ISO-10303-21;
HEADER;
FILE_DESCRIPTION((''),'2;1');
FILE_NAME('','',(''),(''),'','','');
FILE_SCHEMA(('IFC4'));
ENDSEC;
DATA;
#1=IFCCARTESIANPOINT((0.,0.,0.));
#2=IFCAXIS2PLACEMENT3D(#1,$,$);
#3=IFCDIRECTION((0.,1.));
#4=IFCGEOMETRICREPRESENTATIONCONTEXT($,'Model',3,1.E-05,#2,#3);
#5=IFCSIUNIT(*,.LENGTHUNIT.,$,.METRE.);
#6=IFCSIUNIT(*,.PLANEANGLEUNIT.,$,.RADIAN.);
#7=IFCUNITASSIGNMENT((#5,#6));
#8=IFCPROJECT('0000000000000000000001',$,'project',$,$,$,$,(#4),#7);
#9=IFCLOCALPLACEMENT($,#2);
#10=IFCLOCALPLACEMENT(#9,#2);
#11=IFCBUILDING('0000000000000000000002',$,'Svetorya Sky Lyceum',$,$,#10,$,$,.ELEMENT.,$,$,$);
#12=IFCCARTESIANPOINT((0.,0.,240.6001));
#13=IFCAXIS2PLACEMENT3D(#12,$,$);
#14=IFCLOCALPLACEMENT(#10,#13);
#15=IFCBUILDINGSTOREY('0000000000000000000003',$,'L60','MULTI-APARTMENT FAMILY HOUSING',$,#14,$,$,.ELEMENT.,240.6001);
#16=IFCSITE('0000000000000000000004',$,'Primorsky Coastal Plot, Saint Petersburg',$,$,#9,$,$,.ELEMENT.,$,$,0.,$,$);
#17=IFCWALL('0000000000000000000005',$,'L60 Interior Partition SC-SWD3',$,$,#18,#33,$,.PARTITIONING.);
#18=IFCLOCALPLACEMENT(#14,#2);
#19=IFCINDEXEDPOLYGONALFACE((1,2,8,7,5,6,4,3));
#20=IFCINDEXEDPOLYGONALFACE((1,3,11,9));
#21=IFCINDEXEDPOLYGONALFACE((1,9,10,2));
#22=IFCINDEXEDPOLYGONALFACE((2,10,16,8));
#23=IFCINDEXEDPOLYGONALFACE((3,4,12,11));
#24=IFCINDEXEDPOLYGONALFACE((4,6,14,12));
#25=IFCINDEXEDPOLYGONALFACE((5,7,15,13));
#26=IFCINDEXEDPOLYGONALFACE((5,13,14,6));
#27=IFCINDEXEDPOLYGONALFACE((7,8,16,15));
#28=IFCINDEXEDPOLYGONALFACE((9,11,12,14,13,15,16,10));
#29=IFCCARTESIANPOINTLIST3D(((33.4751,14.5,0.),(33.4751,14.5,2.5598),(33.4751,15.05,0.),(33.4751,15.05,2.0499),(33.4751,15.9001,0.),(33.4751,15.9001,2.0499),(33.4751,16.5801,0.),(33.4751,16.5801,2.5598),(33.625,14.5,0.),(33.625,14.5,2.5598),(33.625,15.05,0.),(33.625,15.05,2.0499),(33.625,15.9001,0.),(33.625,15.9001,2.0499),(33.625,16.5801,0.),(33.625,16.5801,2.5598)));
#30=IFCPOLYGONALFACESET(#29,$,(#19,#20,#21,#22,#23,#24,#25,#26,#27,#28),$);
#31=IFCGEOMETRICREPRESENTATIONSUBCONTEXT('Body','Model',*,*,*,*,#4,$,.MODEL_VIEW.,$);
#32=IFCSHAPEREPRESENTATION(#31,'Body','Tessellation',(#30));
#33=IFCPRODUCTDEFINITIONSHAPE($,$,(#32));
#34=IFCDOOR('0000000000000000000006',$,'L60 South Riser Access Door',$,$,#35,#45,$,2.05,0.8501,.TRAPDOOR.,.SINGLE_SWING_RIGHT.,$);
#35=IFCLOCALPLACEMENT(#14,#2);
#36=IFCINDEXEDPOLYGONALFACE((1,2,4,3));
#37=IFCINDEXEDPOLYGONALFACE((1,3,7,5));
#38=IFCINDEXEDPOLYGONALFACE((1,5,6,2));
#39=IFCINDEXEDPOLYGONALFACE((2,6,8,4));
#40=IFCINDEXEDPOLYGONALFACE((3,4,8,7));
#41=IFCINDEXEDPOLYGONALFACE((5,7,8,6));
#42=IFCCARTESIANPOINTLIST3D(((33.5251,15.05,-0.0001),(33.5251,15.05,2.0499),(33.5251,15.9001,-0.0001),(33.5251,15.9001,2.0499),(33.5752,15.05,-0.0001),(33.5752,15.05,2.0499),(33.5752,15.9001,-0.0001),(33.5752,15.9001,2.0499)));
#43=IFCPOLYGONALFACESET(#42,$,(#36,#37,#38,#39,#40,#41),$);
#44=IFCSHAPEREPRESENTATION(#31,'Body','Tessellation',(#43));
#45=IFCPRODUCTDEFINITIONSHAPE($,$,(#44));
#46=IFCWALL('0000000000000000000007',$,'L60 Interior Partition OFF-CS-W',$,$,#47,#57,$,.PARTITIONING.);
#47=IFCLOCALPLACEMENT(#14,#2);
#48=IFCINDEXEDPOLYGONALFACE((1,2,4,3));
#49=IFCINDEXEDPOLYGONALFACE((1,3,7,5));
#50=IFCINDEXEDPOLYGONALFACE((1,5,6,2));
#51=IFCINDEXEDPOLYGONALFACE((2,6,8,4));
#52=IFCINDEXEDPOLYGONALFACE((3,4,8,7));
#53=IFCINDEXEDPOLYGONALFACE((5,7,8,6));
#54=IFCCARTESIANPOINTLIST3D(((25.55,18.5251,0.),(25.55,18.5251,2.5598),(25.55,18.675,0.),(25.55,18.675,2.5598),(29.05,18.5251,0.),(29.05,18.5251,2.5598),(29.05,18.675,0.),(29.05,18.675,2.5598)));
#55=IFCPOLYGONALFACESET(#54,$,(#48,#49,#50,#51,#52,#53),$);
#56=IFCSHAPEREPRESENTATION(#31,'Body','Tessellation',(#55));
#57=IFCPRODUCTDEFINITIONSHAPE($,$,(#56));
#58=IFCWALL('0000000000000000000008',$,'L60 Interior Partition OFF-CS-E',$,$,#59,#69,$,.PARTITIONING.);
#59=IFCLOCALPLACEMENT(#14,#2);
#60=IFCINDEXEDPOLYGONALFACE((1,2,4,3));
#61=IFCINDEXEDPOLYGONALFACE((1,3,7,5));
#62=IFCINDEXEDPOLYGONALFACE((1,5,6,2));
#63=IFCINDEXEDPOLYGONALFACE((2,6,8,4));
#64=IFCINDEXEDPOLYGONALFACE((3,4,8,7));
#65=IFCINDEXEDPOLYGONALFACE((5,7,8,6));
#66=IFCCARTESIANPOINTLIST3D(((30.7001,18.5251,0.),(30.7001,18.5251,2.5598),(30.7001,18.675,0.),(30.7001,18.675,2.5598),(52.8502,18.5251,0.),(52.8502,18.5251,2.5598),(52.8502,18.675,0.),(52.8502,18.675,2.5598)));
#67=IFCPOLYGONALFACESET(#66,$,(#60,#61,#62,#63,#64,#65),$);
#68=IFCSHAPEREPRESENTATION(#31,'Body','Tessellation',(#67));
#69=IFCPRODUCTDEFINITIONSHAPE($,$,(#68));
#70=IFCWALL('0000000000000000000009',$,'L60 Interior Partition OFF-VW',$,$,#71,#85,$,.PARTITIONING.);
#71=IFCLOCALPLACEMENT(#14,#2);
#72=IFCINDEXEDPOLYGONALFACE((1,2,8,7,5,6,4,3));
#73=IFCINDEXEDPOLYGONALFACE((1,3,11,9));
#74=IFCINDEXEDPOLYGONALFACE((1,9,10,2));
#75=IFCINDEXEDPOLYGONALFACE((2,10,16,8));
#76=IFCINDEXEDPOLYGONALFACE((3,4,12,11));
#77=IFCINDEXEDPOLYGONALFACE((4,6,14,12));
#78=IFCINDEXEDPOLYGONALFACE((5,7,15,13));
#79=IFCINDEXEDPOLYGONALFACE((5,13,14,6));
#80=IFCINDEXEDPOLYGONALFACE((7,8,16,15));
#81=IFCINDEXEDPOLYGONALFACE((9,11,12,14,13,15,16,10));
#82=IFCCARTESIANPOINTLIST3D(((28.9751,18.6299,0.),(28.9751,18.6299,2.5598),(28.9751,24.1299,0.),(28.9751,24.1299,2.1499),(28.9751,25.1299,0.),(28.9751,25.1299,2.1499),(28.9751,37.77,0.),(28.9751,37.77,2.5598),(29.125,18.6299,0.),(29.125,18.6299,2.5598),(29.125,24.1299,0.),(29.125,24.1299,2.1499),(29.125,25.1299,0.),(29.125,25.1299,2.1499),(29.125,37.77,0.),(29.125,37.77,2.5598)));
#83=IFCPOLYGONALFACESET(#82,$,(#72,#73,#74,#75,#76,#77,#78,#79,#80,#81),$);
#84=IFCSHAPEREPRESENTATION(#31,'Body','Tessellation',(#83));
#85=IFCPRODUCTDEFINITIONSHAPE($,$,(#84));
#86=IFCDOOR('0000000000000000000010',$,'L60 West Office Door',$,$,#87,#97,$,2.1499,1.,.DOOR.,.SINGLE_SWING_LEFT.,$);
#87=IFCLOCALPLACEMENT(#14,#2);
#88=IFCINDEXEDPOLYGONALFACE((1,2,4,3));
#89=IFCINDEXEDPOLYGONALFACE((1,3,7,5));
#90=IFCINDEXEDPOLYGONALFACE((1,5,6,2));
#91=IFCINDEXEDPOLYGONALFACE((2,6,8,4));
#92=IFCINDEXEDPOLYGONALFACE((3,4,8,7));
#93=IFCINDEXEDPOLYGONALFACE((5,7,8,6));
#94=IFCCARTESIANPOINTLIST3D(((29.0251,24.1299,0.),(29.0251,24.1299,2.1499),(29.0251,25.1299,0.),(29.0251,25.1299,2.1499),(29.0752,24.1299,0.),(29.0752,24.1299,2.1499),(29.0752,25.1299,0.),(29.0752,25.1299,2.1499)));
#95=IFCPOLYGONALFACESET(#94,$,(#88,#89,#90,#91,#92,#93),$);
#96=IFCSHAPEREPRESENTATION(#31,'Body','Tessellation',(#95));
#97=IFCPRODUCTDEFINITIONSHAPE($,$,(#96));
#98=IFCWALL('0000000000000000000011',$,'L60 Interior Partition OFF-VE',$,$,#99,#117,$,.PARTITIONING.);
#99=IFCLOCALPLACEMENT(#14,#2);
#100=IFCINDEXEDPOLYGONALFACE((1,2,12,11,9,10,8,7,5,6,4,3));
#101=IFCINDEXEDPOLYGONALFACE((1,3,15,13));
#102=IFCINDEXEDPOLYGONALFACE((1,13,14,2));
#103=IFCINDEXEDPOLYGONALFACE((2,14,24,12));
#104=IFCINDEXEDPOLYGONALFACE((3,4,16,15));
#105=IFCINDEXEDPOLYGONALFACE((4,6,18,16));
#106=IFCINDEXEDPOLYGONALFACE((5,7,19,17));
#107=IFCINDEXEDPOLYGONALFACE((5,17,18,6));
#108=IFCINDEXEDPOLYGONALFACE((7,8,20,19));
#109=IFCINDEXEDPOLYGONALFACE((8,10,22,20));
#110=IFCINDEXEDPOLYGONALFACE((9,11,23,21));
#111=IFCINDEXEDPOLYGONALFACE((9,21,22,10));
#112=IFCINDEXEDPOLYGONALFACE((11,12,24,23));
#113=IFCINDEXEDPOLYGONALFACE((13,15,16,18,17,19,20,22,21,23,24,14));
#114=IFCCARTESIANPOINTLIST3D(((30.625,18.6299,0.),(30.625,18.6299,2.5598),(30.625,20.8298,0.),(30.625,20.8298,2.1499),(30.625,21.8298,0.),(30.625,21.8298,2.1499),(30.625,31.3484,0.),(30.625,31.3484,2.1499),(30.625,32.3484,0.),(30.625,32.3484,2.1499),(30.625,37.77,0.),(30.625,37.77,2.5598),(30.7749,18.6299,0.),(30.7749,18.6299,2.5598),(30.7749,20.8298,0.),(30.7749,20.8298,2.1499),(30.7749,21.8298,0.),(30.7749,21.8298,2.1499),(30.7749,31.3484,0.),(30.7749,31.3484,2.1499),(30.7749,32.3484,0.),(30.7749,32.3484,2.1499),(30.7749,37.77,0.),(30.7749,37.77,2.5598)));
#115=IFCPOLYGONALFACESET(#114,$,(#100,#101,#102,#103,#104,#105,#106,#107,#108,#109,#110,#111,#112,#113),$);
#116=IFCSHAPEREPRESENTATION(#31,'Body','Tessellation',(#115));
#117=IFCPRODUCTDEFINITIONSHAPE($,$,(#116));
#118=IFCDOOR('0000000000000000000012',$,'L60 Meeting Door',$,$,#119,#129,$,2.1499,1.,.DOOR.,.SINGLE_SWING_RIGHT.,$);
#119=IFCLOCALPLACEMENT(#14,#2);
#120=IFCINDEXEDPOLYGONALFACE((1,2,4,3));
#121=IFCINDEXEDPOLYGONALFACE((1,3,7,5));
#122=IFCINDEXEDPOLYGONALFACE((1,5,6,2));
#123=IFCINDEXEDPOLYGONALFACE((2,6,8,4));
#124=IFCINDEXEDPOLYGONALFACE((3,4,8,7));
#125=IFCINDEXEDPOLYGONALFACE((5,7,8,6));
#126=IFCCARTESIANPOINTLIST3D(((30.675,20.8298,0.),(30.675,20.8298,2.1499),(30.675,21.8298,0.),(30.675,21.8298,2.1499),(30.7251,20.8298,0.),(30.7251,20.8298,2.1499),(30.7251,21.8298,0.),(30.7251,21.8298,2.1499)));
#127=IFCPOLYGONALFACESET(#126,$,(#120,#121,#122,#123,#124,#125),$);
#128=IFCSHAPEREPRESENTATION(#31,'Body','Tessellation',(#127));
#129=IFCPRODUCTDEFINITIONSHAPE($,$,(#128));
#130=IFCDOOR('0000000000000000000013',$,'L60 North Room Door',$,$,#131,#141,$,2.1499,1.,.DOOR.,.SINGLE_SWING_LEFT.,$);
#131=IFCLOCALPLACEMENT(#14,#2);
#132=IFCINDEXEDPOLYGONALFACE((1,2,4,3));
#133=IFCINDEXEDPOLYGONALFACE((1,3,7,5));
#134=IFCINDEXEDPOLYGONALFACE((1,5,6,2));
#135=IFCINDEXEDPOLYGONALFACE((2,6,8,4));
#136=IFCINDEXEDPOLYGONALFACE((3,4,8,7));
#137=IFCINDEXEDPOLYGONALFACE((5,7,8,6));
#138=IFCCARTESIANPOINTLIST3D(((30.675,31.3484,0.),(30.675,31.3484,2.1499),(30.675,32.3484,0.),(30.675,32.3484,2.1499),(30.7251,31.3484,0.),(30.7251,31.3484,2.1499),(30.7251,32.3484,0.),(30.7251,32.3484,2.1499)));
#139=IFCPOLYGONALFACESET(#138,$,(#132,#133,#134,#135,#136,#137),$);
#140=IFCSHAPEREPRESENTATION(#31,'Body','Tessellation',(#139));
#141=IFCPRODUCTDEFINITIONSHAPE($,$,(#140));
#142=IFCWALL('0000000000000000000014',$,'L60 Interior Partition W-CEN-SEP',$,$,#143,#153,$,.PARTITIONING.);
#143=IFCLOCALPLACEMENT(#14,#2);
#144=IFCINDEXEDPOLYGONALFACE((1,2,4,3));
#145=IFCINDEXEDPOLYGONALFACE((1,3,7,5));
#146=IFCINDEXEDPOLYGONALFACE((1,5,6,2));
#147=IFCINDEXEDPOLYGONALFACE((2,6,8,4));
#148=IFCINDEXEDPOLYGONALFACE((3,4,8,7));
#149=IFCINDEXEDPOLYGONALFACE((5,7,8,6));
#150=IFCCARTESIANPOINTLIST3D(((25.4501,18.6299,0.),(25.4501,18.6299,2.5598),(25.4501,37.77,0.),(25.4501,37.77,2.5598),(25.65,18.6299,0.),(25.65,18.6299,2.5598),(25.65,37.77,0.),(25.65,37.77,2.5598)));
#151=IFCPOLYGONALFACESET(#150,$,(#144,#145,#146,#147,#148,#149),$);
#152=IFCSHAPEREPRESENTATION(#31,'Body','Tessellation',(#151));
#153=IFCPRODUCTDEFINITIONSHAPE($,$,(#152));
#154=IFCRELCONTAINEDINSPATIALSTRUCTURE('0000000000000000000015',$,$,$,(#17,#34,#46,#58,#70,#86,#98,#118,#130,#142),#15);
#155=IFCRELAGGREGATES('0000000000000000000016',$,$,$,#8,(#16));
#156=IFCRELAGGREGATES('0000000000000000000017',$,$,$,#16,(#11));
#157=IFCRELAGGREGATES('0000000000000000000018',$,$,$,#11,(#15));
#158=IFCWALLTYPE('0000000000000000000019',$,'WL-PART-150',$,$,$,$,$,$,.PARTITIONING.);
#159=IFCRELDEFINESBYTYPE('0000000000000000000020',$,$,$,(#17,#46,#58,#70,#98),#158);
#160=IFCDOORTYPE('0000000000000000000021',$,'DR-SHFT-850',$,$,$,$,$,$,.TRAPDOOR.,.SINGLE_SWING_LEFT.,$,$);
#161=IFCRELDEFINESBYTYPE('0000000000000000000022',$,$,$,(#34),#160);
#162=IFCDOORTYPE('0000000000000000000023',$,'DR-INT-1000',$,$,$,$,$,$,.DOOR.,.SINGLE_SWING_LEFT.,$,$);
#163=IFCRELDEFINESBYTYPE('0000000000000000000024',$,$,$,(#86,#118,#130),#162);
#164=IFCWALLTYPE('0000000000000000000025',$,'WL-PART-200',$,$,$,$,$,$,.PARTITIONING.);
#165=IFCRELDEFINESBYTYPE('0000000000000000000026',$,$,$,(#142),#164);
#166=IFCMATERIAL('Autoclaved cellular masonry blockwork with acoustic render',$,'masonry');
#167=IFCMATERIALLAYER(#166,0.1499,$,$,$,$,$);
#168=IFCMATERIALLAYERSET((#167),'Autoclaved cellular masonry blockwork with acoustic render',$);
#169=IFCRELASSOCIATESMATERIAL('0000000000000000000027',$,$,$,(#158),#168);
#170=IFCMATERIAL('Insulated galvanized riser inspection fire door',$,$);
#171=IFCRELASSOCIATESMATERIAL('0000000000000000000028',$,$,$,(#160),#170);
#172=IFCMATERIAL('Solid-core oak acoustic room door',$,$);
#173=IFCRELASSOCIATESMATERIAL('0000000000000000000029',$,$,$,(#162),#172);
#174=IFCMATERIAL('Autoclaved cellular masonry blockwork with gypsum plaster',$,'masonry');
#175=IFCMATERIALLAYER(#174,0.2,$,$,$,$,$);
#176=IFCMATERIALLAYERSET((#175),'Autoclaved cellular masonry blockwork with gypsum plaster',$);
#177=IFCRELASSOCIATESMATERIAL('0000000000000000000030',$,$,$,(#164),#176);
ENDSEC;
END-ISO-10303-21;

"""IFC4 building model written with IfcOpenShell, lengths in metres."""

from ifc_helpers import new_model, si_unit, direction, frame, frame_2d, origin, place, context, subcontext, project, spatial, rectangle, extrude, material, layer, layer_set, type_object, element, fill, save


model = new_model("IFC4")

# Units and contexts
model_context = context("Model", 3, precision=1e-05, world=origin(), true_north=direction((0.0, 1.0)))
body_context = subcontext(model_context, "Body", "Model", "MODEL_VIEW")
ifc_project = project(units=[si_unit("LENGTHUNIT", "METRE"), si_unit("PLANEANGLEUNIT", "RADIAN")], contexts=[model_context])

# Site, building, storey
site_placement = place(None, origin())
site = spatial("IfcSite", under=ifc_project, at=site_placement, Name="Primorsky Coastal Plot, Saint Petersburg", CompositionType="ELEMENT", RefElevation=0.0)
building_placement = place(site_placement, origin())
building = spatial("IfcBuilding", under=site, at=building_placement, Name="Svetorya Sky Lyceum", CompositionType="ELEMENT")
storey_placement = place(building_placement, frame((0.0, 0.0, 240.6001)))
storey = spatial("IfcBuildingStorey", under=building, at=storey_placement, Name="L60", Description="MULTI-APARTMENT FAMILY HOUSING", CompositionType="ELEMENT", Elevation=240.6001)

# Shared definitions
ifc_material_1 = material(Name="Autoclaved cellular masonry blockwork with acoustic render", Category="masonry")
ifc_layer_1 = layer(ifc_material_1, 0.1499)
ifc_layer_set_1 = layer_set([ifc_layer_1], Name="Autoclaved cellular masonry blockwork with acoustic render")
wall_type_1 = type_object("IfcWallType", Name="WL-PART-150", PredefinedType="PARTITIONING", material=ifc_layer_set_1)

# Wall, opening, door
wall_1_placement = place(storey_placement, frame((33.55, 14.5, 0.0), z_axis=(0.0, 0.0, 1.0), x_axis=(0.0, 1.0, 0.0)))
wall_1 = element("IfcWall", 1, at=wall_1_placement, inside=storey, type_object=wall_type_1, Name="L60 Interior Partition SC-SWD3", PredefinedType="PARTITIONING", context=body_context, shape_type="SweptSolid", body=[
    extrude(rectangle(XDim=2.0801, YDim=0.1499, at=frame_2d((1.04, 0.0))), origin(), (0.0, 0.0, 1.0), 2.5598),
])
opening_1_placement = place(wall_1_placement, frame((0.55, 0.0, 0.0)))
opening_1 = element("IfcOpeningElement", 2, at=opening_1_placement, cuts=wall_1, PredefinedType="OPENING", context=body_context, shape_type="SweptSolid", body=[
    extrude(rectangle(XDim=0.8501, YDim=2.05, at=frame_2d((0.425, 1.0249))), frame((0.0, 0.085, 0.0), z_axis=(0.0, -1.0, 0.0), x_axis=(1.0, 0.0, 0.0)), (0.0, 0.0, 1.0), 0.1699),
])
ifc_material_2 = material(Name="Insulated galvanized riser inspection fire door")
door_type_1 = type_object("IfcDoorType", Name="DR-SHFT-850", OperationType="SINGLE_SWING_LEFT", PredefinedType="TRAPDOOR", material=ifc_material_2)
door_1_placement = place(opening_1_placement, origin())
door_1 = element("IfcDoor", 3, at=door_1_placement, inside=storey, type_object=door_type_1, Name="L60 South Riser Access Door", OperationType="SINGLE_SWING_RIGHT", OverallHeight=2.05, OverallWidth=0.8501, PredefinedType="TRAPDOOR", context=body_context, shape_type="SweptSolid", body=[
    extrude(rectangle(XDim=0.8501, YDim=2.05, at=frame_2d((0.425, 1.0249))), frame((0.0, 0.0249, 0.0), z_axis=(0.0, -1.0, 0.0), x_axis=(1.0, 0.0, 0.0)), (0.0, 0.0, 1.0), 0.05),
])
fill(opening_1, door_1)

# Walls
wall_2_placement = place(storey_placement, frame((25.55, 18.6001, 0.0), z_axis=(0.0, 0.0, 1.0), x_axis=(1.0, 0.0, 0.0)))
element("IfcWall", 4, at=wall_2_placement, inside=storey, type_object=wall_type_1, Name="L60 Interior Partition OFF-CS-W", PredefinedType="PARTITIONING", context=body_context, shape_type="SweptSolid", body=[
    extrude(rectangle(XDim=3.5, YDim=0.1499, at=frame_2d((1.75, 0.0))), origin(), (0.0, 0.0, 1.0), 2.5598),
])
wall_3_placement = place(storey_placement, frame((30.7, 18.6001, 0.0), z_axis=(0.0, 0.0, 1.0), x_axis=(1.0, 0.0, 0.0)))
element("IfcWall", 5, at=wall_3_placement, inside=storey, type_object=wall_type_1, Name="L60 Interior Partition OFF-CS-E", PredefinedType="PARTITIONING", context=body_context, shape_type="SweptSolid", body=[
    extrude(rectangle(XDim=22.1501, YDim=0.1499, at=frame_2d((11.0752, 0.0))), origin(), (0.0, 0.0, 1.0), 2.5598),
])

# Wall, opening, door
wall_4_placement = place(storey_placement, frame((29.05, 18.6299, 0.0), z_axis=(0.0, 0.0, 1.0), x_axis=(0.0, 1.0, 0.0)))
wall_4 = element("IfcWall", 6, at=wall_4_placement, inside=storey, type_object=wall_type_1, Name="L60 Interior Partition OFF-VW", PredefinedType="PARTITIONING", context=body_context, shape_type="SweptSolid", body=[
    extrude(rectangle(XDim=19.1401, YDim=0.1499, at=frame_2d((9.5701, 0.0))), origin(), (0.0, 0.0, 1.0), 2.5598),
])
opening_2_placement = place(wall_4_placement, frame((5.5, 0.0, 0.0)))
opening_2 = element("IfcOpeningElement", 7, at=opening_2_placement, cuts=wall_4, PredefinedType="OPENING", context=body_context, shape_type="SweptSolid", body=[
    extrude(rectangle(XDim=1.0, YDim=2.1499, at=frame_2d((0.5, 1.075))), frame((0.0, 0.085, 0.0), z_axis=(0.0, -1.0, 0.0), x_axis=(1.0, 0.0, 0.0)), (0.0, 0.0, 1.0), 0.1699),
])
ifc_material_3 = material(Name="Solid-core oak acoustic room door")
door_type_2 = type_object("IfcDoorType", Name="DR-INT-1000", OperationType="SINGLE_SWING_LEFT", PredefinedType="DOOR", material=ifc_material_3)
door_2_placement = place(opening_2_placement, origin())
door_2 = element("IfcDoor", 8, at=door_2_placement, inside=storey, type_object=door_type_2, Name="L60 West Office Door", OperationType="SINGLE_SWING_LEFT", OverallHeight=2.1499, OverallWidth=1.0, PredefinedType="DOOR", context=body_context, shape_type="SweptSolid", body=[
    extrude(rectangle(XDim=1.0, YDim=2.1499, at=frame_2d((0.5, 1.075))), frame((0.0, 0.0249, 0.0), z_axis=(0.0, -1.0, 0.0), x_axis=(1.0, 0.0, 0.0)), (0.0, 0.0, 1.0), 0.05),
])
fill(opening_2, door_2)

# Wall, openings, doors
wall_5_placement = place(storey_placement, frame((30.7, 18.6299, 0.0), z_axis=(0.0, 0.0, 1.0), x_axis=(0.0, 1.0, 0.0)))
wall_5 = element("IfcWall", 9, at=wall_5_placement, inside=storey, type_object=wall_type_1, Name="L60 Interior Partition OFF-VE", PredefinedType="PARTITIONING", context=body_context, shape_type="SweptSolid", body=[
    extrude(rectangle(XDim=19.1401, YDim=0.1499, at=frame_2d((9.5701, 0.0))), origin(), (0.0, 0.0, 1.0), 2.5598),
])
opening_3_placement = place(wall_5_placement, frame((2.2, 0.0, 0.0)))
opening_3 = element("IfcOpeningElement", 10, at=opening_3_placement, cuts=wall_5, PredefinedType="OPENING", context=body_context, shape_type="SweptSolid", body=[
    extrude(rectangle(XDim=1.0, YDim=2.1499, at=frame_2d((0.5, 1.075))), frame((0.0, 0.085, 0.0), z_axis=(0.0, -1.0, 0.0), x_axis=(1.0, 0.0, 0.0)), (0.0, 0.0, 1.0), 0.1699),
])
opening_4_placement = place(wall_5_placement, frame((12.7185, 0.0, 0.0)))
opening_4 = element("IfcOpeningElement", 11, at=opening_4_placement, cuts=wall_5, PredefinedType="OPENING", context=body_context, shape_type="SweptSolid", body=[
    extrude(rectangle(XDim=1.0, YDim=2.1499, at=frame_2d((0.5, 1.075))), frame((0.0, 0.085, 0.0), z_axis=(0.0, -1.0, 0.0), x_axis=(1.0, 0.0, 0.0)), (0.0, 0.0, 1.0), 0.1699),
])
door_3_placement = place(opening_3_placement, origin())
door_3 = element("IfcDoor", 12, at=door_3_placement, inside=storey, type_object=door_type_2, Name="L60 Meeting Door", OperationType="SINGLE_SWING_RIGHT", OverallHeight=2.1499, OverallWidth=1.0, PredefinedType="DOOR", context=body_context, shape_type="SweptSolid", body=[
    extrude(rectangle(XDim=1.0, YDim=2.1499, at=frame_2d((0.5, 1.075))), frame((0.0, 0.0249, 0.0), z_axis=(0.0, -1.0, 0.0), x_axis=(1.0, 0.0, 0.0)), (0.0, 0.0, 1.0), 0.05),
])
fill(opening_3, door_3)
door_4_placement = place(opening_4_placement, origin())
door_4 = element("IfcDoor", 13, at=door_4_placement, inside=storey, type_object=door_type_2, Name="L60 North Room Door", OperationType="SINGLE_SWING_LEFT", OverallHeight=2.1499, OverallWidth=1.0, PredefinedType="DOOR", context=body_context, shape_type="SweptSolid", body=[
    extrude(rectangle(XDim=1.0, YDim=2.1499, at=frame_2d((0.5, 1.075))), frame((0.0, 0.0249, 0.0), z_axis=(0.0, -1.0, 0.0), x_axis=(1.0, 0.0, 0.0)), (0.0, 0.0, 1.0), 0.05),
])
fill(opening_4, door_4)

# Wall
ifc_material_4 = material(Name="Autoclaved cellular masonry blockwork with gypsum plaster", Category="masonry")
ifc_layer_2 = layer(ifc_material_4, 0.2)
ifc_layer_set_2 = layer_set([ifc_layer_2], Name="Autoclaved cellular masonry blockwork with gypsum plaster")
wall_type_2 = type_object("IfcWallType", Name="WL-PART-200", PredefinedType="PARTITIONING", material=ifc_layer_set_2)
wall_6_placement = place(storey_placement, frame((25.55, 18.6299, 0.0), z_axis=(0.0, 0.0, 1.0), x_axis=(0.0, 1.0, 0.0)))
element("IfcWall", 14, at=wall_6_placement, inside=storey, type_object=wall_type_2, Name="L60 Interior Partition W-CEN-SEP", PredefinedType="PARTITIONING", context=body_context, shape_type="SweptSolid", body=[
    extrude(rectangle(XDim=19.1401, YDim=0.2, at=frame_2d((9.5701, 0.0))), origin(), (0.0, 0.0, 1.0), 2.5598),
])

save(model, "model.ifc")
